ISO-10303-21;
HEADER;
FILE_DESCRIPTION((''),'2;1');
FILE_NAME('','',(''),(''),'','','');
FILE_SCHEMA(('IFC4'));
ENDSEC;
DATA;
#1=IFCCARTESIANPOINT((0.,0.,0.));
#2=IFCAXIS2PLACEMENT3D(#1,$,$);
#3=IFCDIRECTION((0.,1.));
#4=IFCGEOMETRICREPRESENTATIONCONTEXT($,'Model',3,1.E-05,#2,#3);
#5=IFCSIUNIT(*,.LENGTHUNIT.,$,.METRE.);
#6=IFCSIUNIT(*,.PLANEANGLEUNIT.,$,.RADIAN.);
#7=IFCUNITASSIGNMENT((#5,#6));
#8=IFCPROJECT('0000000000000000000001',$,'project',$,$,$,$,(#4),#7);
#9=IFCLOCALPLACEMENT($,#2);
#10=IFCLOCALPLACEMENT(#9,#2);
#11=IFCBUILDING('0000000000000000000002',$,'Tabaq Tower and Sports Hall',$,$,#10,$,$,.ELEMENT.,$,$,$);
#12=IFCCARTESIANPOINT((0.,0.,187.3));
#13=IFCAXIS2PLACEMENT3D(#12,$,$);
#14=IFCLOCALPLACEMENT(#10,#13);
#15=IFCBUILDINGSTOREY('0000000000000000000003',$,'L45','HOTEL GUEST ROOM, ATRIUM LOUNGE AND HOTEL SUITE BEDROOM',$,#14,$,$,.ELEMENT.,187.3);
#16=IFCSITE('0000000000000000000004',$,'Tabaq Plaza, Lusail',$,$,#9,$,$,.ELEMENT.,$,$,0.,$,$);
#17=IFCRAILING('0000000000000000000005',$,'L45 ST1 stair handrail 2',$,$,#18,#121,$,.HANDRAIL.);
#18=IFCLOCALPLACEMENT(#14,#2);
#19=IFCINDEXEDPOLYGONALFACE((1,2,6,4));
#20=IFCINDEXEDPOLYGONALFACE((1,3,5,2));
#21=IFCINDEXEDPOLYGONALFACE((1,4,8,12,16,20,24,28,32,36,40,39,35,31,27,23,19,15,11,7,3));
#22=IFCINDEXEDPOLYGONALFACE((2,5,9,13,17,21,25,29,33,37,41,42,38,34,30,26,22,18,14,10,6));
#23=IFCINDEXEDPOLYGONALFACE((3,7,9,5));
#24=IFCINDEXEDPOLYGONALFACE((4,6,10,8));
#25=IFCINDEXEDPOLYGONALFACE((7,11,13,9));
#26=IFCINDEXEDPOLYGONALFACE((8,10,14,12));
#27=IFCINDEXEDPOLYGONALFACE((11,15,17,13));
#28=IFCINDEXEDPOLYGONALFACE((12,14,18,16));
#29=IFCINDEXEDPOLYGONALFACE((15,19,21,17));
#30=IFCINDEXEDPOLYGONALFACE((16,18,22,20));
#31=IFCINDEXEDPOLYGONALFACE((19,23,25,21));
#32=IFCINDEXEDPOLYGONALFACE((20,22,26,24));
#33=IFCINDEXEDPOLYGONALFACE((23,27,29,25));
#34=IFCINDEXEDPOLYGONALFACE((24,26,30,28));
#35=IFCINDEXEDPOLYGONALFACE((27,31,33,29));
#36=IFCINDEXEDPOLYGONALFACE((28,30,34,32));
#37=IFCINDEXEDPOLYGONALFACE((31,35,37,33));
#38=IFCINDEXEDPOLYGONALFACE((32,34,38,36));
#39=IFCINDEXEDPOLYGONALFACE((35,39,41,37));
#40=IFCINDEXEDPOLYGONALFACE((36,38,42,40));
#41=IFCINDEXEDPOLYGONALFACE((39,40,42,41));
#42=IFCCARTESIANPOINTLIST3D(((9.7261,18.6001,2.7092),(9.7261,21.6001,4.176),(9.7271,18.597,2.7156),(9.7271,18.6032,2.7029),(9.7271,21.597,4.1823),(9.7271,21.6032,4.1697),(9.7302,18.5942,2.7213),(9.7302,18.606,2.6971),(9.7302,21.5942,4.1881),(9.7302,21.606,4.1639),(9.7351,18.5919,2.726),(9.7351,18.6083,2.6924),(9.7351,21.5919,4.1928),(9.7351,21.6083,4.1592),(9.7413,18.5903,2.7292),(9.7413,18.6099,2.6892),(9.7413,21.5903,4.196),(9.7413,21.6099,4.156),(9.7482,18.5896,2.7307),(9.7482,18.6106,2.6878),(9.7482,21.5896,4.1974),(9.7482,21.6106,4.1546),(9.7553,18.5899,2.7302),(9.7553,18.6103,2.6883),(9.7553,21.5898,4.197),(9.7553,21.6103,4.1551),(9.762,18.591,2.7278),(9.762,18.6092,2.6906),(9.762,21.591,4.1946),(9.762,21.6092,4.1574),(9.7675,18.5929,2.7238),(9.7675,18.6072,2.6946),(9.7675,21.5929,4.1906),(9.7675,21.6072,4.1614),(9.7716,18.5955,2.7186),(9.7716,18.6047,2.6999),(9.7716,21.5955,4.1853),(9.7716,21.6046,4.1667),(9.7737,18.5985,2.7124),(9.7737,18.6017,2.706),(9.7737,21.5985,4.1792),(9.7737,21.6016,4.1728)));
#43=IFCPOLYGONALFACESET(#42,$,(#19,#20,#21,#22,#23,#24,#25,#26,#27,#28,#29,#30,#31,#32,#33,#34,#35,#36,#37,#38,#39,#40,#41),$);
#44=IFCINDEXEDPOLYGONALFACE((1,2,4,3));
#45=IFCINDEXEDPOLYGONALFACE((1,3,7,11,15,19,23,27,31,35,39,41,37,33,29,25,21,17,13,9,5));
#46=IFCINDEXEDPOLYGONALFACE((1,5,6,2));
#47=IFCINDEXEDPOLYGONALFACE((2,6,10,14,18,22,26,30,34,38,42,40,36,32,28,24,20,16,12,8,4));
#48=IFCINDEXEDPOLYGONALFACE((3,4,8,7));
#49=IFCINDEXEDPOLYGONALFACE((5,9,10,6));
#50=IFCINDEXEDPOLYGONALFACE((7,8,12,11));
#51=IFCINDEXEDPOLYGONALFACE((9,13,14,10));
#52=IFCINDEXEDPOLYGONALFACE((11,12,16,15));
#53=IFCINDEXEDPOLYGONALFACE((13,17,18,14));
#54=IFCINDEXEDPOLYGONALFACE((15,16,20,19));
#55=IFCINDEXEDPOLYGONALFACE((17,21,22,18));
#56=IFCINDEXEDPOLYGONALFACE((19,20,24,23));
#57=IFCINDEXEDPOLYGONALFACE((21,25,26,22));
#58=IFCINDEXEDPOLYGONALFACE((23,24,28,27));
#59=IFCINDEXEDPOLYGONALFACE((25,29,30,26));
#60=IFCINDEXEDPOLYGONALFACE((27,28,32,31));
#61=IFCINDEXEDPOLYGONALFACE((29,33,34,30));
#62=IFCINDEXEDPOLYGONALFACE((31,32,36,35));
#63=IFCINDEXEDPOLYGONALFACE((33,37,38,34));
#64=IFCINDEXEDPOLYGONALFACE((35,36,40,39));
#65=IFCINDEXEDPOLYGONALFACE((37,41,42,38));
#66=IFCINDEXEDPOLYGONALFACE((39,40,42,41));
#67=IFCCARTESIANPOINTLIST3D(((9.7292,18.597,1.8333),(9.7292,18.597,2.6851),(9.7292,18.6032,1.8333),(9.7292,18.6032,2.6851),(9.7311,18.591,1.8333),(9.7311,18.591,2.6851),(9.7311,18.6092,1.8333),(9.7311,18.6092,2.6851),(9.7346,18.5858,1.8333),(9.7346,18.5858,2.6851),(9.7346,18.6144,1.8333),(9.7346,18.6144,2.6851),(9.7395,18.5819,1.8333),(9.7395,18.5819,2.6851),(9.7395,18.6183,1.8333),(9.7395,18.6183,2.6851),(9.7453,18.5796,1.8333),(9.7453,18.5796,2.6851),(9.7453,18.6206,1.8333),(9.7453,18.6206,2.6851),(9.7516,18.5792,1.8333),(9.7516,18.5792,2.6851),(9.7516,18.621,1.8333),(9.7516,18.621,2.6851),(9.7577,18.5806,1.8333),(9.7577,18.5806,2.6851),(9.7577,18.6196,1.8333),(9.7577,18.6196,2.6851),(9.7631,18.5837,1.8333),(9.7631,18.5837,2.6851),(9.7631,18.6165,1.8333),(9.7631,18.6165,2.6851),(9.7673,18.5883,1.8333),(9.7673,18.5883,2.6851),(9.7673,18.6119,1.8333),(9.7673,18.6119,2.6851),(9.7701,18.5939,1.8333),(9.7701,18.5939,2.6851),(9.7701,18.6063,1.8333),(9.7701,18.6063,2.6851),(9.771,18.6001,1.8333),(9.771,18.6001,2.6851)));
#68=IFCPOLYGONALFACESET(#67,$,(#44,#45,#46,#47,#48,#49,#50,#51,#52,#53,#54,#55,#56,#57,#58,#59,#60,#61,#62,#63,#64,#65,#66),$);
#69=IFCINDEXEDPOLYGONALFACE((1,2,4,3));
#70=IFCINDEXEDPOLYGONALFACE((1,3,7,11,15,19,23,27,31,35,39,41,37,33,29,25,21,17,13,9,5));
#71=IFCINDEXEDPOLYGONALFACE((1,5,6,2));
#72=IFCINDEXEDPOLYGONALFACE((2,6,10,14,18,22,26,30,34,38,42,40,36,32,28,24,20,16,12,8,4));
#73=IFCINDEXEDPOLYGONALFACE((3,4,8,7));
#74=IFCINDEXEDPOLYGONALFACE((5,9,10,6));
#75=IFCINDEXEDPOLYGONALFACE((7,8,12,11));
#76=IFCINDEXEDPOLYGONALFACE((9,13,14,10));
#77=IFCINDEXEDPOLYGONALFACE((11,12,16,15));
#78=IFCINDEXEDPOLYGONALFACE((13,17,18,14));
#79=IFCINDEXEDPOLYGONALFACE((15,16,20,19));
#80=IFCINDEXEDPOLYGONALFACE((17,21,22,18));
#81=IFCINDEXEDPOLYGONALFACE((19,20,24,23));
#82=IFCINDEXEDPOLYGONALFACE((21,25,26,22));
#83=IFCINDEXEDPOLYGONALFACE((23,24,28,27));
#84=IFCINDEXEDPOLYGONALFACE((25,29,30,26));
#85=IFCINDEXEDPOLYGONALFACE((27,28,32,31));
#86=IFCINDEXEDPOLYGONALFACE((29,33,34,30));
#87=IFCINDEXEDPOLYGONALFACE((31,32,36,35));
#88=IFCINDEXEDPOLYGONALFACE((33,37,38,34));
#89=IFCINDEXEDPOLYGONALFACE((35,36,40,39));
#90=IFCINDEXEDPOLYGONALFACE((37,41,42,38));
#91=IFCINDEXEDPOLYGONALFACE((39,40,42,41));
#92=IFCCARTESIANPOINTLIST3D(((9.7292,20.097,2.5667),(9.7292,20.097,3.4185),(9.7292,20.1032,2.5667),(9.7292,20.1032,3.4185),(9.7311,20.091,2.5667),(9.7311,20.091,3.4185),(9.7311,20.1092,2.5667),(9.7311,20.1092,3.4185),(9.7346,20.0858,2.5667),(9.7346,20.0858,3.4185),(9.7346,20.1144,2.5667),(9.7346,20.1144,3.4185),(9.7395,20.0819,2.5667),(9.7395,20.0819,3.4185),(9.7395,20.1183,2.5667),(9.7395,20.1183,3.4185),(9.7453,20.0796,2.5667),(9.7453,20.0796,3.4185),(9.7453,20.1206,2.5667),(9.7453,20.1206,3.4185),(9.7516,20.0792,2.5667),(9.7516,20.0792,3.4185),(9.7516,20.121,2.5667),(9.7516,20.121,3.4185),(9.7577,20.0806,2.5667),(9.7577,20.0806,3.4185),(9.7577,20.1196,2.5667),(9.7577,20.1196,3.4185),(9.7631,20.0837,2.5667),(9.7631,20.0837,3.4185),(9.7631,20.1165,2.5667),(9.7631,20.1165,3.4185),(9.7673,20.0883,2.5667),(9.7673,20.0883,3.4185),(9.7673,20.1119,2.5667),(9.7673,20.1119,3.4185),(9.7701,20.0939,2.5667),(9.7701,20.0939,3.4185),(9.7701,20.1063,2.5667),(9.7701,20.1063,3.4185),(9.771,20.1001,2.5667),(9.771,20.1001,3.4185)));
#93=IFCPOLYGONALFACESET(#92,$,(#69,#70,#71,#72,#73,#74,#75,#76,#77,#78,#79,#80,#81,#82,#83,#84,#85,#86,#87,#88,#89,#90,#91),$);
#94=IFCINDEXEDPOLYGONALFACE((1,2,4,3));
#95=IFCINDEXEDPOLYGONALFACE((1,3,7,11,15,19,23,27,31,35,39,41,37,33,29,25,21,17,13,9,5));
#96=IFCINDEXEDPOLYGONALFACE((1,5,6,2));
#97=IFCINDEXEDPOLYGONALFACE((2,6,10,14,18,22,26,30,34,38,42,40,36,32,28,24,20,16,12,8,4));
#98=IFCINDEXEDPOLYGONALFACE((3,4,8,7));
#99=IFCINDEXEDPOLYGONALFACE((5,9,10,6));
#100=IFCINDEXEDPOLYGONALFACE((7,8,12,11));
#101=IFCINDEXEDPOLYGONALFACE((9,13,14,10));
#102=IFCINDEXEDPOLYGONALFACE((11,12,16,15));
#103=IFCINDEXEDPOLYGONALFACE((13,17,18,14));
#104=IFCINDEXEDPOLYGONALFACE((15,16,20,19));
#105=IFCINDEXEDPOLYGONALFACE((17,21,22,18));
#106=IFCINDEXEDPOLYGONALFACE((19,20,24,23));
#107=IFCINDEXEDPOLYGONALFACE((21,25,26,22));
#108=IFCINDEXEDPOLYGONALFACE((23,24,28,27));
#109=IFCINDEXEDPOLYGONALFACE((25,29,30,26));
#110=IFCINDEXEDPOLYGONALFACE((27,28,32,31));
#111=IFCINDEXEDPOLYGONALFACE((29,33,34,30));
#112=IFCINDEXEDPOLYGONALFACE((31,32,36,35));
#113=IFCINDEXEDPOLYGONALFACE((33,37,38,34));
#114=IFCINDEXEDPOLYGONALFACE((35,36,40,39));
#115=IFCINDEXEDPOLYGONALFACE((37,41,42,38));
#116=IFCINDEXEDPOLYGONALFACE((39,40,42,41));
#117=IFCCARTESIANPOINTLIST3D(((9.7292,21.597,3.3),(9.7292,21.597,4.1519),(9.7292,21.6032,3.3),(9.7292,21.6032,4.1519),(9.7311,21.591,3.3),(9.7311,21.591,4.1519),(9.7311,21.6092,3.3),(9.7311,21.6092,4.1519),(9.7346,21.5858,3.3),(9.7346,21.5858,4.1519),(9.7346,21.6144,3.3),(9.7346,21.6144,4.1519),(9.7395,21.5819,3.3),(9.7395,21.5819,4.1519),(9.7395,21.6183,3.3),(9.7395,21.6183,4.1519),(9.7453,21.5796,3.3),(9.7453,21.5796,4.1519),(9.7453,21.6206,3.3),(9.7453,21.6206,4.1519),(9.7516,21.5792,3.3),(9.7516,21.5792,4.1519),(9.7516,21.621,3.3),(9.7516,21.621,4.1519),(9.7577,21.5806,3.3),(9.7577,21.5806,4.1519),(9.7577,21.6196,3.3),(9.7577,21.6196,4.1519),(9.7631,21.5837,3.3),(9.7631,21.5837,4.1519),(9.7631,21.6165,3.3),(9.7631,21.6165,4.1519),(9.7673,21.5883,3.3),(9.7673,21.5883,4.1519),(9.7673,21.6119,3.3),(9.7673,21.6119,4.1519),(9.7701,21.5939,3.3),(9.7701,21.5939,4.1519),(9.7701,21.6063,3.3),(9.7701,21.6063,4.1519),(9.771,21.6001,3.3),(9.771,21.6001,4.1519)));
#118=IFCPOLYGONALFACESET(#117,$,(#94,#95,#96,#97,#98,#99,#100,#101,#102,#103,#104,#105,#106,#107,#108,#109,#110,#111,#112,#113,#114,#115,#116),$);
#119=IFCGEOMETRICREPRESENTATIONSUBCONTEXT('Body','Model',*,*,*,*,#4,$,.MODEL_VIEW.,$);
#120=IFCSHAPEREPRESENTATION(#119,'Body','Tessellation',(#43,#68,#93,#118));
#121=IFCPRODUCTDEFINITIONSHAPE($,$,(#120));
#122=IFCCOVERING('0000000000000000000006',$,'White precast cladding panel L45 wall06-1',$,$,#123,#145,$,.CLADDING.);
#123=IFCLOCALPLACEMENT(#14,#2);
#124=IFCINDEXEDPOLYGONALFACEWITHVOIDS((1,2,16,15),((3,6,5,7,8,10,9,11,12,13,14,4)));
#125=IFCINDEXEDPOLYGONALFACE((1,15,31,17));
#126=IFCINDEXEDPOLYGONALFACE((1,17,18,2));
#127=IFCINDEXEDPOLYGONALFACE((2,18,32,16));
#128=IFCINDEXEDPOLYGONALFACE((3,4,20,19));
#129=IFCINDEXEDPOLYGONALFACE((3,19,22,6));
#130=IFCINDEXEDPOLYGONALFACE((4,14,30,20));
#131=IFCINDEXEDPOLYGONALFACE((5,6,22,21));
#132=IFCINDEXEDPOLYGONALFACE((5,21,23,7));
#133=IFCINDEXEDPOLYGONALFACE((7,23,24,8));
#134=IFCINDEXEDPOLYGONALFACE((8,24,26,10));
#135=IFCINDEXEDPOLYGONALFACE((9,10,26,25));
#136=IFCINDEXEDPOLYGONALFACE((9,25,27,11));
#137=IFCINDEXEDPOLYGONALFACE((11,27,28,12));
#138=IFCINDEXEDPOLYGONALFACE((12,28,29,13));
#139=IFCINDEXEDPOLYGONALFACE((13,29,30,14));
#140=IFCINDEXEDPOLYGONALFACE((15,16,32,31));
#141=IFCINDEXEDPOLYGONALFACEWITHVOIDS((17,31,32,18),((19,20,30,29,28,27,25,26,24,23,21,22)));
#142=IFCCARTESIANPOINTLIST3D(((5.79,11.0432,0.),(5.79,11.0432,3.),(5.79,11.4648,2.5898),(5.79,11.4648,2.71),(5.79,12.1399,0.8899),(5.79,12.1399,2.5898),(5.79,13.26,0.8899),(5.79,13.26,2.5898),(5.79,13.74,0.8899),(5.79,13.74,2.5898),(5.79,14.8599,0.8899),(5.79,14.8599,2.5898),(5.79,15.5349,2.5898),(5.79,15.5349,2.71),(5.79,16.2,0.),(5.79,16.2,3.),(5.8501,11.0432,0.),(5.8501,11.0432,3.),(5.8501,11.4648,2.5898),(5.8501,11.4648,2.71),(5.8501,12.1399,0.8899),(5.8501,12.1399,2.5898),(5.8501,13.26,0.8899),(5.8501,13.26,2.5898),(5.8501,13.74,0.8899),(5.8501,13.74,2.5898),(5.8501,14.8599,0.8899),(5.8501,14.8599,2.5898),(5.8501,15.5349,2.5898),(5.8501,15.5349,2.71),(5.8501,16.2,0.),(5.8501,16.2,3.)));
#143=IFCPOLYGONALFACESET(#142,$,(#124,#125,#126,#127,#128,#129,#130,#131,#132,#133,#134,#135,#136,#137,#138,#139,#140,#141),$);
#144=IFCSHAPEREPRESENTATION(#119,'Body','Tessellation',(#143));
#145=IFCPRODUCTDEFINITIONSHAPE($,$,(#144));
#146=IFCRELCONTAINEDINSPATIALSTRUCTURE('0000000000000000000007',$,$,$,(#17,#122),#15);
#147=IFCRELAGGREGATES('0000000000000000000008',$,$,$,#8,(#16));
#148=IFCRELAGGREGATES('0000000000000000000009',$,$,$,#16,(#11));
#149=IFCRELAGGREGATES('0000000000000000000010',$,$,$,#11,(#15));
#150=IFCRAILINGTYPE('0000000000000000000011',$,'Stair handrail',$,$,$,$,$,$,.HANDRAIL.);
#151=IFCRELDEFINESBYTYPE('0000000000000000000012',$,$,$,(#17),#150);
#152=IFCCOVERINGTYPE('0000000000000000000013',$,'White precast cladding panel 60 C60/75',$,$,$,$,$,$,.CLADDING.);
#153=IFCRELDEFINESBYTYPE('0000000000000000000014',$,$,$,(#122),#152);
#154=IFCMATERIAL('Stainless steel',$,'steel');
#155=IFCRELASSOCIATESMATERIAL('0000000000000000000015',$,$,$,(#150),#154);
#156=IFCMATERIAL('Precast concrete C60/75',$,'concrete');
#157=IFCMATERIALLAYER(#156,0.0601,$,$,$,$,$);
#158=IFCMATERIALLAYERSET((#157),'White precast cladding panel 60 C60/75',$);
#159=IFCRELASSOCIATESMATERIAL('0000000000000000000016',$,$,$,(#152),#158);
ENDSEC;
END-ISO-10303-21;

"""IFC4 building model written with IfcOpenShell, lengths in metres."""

from ifc_helpers import new_model, si_unit, direction, frame, origin, origin_2d, place, context, subcontext, project, spatial, polyline, circle, outline, extrude, material, layer, layer_set, type_object, element, save


model = new_model("IFC4")

# Units and contexts
model_context = context("Model", 3, precision=1e-05, world=origin(), true_north=direction((0.0, 1.0)))
body_context = subcontext(model_context, "Body", "Model", "MODEL_VIEW")
ifc_project = project(units=[si_unit("LENGTHUNIT", "METRE"), si_unit("PLANEANGLEUNIT", "RADIAN")], contexts=[model_context])

# Site, building, storey
site_placement = place(None, origin())
site = spatial("IfcSite", under=ifc_project, at=site_placement, Name="Tabaq Plaza, Lusail", CompositionType="ELEMENT", RefElevation=0.0)
building_placement = place(site_placement, origin())
building = spatial("IfcBuilding", under=site, at=building_placement, Name="Tabaq Tower and Sports Hall", CompositionType="ELEMENT")
storey_placement = place(building_placement, frame((0.0, 0.0, 187.3)))
storey = spatial("IfcBuildingStorey", under=building, at=storey_placement, Name="L45", Description="HOTEL GUEST ROOM, ATRIUM LOUNGE AND HOTEL SUITE BEDROOM", CompositionType="ELEMENT", Elevation=187.3)

# Railing
ifc_material_1 = material(Name="Stainless steel", Category="steel")
railing_type = type_object("IfcRailingType", Name="Stair handrail", PredefinedType="HANDRAIL", material=ifc_material_1)
railing_placement = place(storey_placement, frame((9.75, 18.6001, 1.8333)))
element("IfcRailing", 1, at=railing_placement, inside=storey, type_object=railing_type, Name="L45 ST1 stair handrail 2", PredefinedType="HANDRAIL", context=body_context, shape_type="SweptSolid", body=[
    extrude(circle(Radius=0.0239, at=origin_2d()), frame((0.0, 0.0, 0.876), z_axis=(0.0, 0.898369, 0.439242), x_axis=(-1.0, 0.0, 0.0)), (0.0, 0.0, 1.0), 3.3394),
    extrude(circle(Radius=0.021, at=origin_2d()), origin(), (0.0, 0.0, 1.0), 0.8518),
    extrude(circle(Radius=0.021, at=origin_2d()), frame((0.0, 1.5, 0.7334)), (0.0, 0.0, 1.0), 0.8518),
    extrude(circle(Radius=0.021, at=origin_2d()), frame((0.0, 3.0, 1.4668)), (0.0, 0.0, 1.0), 0.8518),
])

# Covering
ifc_material_2 = material(Name="Precast concrete C60/75", Category="concrete")
ifc_layer_1 = layer(ifc_material_2, 0.0601)
ifc_layer_set_1 = layer_set([ifc_layer_1], Name="White precast cladding panel 60 C60/75")
covering_type = type_object("IfcCoveringType", Name="White precast cladding panel 60 C60/75", PredefinedType="CLADDING", material=ifc_layer_set_1)
covering_placement = place(storey_placement, frame((5.8201, 16.2, 0.0), z_axis=(0.0, 0.0, 1.0), x_axis=(0.0, -1.0, 0.0)))
element("IfcCovering", 2, at=covering_placement, inside=storey, type_object=covering_type, Name="White precast cladding panel L45 wall06-1", PredefinedType="CLADDING", context=body_context, shape_type="SweptSolid", body=[
    extrude(outline(polyline([(0.0, 0.0), (5.1567, 0.0), (5.1567, 3.0), (0.0, 3.0), (0.0, 0.0)]), holes=[polyline([(1.3401, 2.5898), (0.665, 2.5898), (0.665, 2.71), (4.7351, 2.71), (4.7351, 2.5898), (4.0601, 2.5898), (4.0601, 0.8899), (2.9399, 0.8899), (2.9399, 2.5898), (2.46, 2.5898), (2.46, 0.8899), (1.3401, 0.8899), (1.3401, 2.5898)])]), frame((0.0, 0.03, 0.0), z_axis=(0.0, -1.0, 0.0), x_axis=(1.0, 0.0, 0.0)), (0.0, 0.0, 1.0), 0.0601),
])

save(model, "model.ifc")
